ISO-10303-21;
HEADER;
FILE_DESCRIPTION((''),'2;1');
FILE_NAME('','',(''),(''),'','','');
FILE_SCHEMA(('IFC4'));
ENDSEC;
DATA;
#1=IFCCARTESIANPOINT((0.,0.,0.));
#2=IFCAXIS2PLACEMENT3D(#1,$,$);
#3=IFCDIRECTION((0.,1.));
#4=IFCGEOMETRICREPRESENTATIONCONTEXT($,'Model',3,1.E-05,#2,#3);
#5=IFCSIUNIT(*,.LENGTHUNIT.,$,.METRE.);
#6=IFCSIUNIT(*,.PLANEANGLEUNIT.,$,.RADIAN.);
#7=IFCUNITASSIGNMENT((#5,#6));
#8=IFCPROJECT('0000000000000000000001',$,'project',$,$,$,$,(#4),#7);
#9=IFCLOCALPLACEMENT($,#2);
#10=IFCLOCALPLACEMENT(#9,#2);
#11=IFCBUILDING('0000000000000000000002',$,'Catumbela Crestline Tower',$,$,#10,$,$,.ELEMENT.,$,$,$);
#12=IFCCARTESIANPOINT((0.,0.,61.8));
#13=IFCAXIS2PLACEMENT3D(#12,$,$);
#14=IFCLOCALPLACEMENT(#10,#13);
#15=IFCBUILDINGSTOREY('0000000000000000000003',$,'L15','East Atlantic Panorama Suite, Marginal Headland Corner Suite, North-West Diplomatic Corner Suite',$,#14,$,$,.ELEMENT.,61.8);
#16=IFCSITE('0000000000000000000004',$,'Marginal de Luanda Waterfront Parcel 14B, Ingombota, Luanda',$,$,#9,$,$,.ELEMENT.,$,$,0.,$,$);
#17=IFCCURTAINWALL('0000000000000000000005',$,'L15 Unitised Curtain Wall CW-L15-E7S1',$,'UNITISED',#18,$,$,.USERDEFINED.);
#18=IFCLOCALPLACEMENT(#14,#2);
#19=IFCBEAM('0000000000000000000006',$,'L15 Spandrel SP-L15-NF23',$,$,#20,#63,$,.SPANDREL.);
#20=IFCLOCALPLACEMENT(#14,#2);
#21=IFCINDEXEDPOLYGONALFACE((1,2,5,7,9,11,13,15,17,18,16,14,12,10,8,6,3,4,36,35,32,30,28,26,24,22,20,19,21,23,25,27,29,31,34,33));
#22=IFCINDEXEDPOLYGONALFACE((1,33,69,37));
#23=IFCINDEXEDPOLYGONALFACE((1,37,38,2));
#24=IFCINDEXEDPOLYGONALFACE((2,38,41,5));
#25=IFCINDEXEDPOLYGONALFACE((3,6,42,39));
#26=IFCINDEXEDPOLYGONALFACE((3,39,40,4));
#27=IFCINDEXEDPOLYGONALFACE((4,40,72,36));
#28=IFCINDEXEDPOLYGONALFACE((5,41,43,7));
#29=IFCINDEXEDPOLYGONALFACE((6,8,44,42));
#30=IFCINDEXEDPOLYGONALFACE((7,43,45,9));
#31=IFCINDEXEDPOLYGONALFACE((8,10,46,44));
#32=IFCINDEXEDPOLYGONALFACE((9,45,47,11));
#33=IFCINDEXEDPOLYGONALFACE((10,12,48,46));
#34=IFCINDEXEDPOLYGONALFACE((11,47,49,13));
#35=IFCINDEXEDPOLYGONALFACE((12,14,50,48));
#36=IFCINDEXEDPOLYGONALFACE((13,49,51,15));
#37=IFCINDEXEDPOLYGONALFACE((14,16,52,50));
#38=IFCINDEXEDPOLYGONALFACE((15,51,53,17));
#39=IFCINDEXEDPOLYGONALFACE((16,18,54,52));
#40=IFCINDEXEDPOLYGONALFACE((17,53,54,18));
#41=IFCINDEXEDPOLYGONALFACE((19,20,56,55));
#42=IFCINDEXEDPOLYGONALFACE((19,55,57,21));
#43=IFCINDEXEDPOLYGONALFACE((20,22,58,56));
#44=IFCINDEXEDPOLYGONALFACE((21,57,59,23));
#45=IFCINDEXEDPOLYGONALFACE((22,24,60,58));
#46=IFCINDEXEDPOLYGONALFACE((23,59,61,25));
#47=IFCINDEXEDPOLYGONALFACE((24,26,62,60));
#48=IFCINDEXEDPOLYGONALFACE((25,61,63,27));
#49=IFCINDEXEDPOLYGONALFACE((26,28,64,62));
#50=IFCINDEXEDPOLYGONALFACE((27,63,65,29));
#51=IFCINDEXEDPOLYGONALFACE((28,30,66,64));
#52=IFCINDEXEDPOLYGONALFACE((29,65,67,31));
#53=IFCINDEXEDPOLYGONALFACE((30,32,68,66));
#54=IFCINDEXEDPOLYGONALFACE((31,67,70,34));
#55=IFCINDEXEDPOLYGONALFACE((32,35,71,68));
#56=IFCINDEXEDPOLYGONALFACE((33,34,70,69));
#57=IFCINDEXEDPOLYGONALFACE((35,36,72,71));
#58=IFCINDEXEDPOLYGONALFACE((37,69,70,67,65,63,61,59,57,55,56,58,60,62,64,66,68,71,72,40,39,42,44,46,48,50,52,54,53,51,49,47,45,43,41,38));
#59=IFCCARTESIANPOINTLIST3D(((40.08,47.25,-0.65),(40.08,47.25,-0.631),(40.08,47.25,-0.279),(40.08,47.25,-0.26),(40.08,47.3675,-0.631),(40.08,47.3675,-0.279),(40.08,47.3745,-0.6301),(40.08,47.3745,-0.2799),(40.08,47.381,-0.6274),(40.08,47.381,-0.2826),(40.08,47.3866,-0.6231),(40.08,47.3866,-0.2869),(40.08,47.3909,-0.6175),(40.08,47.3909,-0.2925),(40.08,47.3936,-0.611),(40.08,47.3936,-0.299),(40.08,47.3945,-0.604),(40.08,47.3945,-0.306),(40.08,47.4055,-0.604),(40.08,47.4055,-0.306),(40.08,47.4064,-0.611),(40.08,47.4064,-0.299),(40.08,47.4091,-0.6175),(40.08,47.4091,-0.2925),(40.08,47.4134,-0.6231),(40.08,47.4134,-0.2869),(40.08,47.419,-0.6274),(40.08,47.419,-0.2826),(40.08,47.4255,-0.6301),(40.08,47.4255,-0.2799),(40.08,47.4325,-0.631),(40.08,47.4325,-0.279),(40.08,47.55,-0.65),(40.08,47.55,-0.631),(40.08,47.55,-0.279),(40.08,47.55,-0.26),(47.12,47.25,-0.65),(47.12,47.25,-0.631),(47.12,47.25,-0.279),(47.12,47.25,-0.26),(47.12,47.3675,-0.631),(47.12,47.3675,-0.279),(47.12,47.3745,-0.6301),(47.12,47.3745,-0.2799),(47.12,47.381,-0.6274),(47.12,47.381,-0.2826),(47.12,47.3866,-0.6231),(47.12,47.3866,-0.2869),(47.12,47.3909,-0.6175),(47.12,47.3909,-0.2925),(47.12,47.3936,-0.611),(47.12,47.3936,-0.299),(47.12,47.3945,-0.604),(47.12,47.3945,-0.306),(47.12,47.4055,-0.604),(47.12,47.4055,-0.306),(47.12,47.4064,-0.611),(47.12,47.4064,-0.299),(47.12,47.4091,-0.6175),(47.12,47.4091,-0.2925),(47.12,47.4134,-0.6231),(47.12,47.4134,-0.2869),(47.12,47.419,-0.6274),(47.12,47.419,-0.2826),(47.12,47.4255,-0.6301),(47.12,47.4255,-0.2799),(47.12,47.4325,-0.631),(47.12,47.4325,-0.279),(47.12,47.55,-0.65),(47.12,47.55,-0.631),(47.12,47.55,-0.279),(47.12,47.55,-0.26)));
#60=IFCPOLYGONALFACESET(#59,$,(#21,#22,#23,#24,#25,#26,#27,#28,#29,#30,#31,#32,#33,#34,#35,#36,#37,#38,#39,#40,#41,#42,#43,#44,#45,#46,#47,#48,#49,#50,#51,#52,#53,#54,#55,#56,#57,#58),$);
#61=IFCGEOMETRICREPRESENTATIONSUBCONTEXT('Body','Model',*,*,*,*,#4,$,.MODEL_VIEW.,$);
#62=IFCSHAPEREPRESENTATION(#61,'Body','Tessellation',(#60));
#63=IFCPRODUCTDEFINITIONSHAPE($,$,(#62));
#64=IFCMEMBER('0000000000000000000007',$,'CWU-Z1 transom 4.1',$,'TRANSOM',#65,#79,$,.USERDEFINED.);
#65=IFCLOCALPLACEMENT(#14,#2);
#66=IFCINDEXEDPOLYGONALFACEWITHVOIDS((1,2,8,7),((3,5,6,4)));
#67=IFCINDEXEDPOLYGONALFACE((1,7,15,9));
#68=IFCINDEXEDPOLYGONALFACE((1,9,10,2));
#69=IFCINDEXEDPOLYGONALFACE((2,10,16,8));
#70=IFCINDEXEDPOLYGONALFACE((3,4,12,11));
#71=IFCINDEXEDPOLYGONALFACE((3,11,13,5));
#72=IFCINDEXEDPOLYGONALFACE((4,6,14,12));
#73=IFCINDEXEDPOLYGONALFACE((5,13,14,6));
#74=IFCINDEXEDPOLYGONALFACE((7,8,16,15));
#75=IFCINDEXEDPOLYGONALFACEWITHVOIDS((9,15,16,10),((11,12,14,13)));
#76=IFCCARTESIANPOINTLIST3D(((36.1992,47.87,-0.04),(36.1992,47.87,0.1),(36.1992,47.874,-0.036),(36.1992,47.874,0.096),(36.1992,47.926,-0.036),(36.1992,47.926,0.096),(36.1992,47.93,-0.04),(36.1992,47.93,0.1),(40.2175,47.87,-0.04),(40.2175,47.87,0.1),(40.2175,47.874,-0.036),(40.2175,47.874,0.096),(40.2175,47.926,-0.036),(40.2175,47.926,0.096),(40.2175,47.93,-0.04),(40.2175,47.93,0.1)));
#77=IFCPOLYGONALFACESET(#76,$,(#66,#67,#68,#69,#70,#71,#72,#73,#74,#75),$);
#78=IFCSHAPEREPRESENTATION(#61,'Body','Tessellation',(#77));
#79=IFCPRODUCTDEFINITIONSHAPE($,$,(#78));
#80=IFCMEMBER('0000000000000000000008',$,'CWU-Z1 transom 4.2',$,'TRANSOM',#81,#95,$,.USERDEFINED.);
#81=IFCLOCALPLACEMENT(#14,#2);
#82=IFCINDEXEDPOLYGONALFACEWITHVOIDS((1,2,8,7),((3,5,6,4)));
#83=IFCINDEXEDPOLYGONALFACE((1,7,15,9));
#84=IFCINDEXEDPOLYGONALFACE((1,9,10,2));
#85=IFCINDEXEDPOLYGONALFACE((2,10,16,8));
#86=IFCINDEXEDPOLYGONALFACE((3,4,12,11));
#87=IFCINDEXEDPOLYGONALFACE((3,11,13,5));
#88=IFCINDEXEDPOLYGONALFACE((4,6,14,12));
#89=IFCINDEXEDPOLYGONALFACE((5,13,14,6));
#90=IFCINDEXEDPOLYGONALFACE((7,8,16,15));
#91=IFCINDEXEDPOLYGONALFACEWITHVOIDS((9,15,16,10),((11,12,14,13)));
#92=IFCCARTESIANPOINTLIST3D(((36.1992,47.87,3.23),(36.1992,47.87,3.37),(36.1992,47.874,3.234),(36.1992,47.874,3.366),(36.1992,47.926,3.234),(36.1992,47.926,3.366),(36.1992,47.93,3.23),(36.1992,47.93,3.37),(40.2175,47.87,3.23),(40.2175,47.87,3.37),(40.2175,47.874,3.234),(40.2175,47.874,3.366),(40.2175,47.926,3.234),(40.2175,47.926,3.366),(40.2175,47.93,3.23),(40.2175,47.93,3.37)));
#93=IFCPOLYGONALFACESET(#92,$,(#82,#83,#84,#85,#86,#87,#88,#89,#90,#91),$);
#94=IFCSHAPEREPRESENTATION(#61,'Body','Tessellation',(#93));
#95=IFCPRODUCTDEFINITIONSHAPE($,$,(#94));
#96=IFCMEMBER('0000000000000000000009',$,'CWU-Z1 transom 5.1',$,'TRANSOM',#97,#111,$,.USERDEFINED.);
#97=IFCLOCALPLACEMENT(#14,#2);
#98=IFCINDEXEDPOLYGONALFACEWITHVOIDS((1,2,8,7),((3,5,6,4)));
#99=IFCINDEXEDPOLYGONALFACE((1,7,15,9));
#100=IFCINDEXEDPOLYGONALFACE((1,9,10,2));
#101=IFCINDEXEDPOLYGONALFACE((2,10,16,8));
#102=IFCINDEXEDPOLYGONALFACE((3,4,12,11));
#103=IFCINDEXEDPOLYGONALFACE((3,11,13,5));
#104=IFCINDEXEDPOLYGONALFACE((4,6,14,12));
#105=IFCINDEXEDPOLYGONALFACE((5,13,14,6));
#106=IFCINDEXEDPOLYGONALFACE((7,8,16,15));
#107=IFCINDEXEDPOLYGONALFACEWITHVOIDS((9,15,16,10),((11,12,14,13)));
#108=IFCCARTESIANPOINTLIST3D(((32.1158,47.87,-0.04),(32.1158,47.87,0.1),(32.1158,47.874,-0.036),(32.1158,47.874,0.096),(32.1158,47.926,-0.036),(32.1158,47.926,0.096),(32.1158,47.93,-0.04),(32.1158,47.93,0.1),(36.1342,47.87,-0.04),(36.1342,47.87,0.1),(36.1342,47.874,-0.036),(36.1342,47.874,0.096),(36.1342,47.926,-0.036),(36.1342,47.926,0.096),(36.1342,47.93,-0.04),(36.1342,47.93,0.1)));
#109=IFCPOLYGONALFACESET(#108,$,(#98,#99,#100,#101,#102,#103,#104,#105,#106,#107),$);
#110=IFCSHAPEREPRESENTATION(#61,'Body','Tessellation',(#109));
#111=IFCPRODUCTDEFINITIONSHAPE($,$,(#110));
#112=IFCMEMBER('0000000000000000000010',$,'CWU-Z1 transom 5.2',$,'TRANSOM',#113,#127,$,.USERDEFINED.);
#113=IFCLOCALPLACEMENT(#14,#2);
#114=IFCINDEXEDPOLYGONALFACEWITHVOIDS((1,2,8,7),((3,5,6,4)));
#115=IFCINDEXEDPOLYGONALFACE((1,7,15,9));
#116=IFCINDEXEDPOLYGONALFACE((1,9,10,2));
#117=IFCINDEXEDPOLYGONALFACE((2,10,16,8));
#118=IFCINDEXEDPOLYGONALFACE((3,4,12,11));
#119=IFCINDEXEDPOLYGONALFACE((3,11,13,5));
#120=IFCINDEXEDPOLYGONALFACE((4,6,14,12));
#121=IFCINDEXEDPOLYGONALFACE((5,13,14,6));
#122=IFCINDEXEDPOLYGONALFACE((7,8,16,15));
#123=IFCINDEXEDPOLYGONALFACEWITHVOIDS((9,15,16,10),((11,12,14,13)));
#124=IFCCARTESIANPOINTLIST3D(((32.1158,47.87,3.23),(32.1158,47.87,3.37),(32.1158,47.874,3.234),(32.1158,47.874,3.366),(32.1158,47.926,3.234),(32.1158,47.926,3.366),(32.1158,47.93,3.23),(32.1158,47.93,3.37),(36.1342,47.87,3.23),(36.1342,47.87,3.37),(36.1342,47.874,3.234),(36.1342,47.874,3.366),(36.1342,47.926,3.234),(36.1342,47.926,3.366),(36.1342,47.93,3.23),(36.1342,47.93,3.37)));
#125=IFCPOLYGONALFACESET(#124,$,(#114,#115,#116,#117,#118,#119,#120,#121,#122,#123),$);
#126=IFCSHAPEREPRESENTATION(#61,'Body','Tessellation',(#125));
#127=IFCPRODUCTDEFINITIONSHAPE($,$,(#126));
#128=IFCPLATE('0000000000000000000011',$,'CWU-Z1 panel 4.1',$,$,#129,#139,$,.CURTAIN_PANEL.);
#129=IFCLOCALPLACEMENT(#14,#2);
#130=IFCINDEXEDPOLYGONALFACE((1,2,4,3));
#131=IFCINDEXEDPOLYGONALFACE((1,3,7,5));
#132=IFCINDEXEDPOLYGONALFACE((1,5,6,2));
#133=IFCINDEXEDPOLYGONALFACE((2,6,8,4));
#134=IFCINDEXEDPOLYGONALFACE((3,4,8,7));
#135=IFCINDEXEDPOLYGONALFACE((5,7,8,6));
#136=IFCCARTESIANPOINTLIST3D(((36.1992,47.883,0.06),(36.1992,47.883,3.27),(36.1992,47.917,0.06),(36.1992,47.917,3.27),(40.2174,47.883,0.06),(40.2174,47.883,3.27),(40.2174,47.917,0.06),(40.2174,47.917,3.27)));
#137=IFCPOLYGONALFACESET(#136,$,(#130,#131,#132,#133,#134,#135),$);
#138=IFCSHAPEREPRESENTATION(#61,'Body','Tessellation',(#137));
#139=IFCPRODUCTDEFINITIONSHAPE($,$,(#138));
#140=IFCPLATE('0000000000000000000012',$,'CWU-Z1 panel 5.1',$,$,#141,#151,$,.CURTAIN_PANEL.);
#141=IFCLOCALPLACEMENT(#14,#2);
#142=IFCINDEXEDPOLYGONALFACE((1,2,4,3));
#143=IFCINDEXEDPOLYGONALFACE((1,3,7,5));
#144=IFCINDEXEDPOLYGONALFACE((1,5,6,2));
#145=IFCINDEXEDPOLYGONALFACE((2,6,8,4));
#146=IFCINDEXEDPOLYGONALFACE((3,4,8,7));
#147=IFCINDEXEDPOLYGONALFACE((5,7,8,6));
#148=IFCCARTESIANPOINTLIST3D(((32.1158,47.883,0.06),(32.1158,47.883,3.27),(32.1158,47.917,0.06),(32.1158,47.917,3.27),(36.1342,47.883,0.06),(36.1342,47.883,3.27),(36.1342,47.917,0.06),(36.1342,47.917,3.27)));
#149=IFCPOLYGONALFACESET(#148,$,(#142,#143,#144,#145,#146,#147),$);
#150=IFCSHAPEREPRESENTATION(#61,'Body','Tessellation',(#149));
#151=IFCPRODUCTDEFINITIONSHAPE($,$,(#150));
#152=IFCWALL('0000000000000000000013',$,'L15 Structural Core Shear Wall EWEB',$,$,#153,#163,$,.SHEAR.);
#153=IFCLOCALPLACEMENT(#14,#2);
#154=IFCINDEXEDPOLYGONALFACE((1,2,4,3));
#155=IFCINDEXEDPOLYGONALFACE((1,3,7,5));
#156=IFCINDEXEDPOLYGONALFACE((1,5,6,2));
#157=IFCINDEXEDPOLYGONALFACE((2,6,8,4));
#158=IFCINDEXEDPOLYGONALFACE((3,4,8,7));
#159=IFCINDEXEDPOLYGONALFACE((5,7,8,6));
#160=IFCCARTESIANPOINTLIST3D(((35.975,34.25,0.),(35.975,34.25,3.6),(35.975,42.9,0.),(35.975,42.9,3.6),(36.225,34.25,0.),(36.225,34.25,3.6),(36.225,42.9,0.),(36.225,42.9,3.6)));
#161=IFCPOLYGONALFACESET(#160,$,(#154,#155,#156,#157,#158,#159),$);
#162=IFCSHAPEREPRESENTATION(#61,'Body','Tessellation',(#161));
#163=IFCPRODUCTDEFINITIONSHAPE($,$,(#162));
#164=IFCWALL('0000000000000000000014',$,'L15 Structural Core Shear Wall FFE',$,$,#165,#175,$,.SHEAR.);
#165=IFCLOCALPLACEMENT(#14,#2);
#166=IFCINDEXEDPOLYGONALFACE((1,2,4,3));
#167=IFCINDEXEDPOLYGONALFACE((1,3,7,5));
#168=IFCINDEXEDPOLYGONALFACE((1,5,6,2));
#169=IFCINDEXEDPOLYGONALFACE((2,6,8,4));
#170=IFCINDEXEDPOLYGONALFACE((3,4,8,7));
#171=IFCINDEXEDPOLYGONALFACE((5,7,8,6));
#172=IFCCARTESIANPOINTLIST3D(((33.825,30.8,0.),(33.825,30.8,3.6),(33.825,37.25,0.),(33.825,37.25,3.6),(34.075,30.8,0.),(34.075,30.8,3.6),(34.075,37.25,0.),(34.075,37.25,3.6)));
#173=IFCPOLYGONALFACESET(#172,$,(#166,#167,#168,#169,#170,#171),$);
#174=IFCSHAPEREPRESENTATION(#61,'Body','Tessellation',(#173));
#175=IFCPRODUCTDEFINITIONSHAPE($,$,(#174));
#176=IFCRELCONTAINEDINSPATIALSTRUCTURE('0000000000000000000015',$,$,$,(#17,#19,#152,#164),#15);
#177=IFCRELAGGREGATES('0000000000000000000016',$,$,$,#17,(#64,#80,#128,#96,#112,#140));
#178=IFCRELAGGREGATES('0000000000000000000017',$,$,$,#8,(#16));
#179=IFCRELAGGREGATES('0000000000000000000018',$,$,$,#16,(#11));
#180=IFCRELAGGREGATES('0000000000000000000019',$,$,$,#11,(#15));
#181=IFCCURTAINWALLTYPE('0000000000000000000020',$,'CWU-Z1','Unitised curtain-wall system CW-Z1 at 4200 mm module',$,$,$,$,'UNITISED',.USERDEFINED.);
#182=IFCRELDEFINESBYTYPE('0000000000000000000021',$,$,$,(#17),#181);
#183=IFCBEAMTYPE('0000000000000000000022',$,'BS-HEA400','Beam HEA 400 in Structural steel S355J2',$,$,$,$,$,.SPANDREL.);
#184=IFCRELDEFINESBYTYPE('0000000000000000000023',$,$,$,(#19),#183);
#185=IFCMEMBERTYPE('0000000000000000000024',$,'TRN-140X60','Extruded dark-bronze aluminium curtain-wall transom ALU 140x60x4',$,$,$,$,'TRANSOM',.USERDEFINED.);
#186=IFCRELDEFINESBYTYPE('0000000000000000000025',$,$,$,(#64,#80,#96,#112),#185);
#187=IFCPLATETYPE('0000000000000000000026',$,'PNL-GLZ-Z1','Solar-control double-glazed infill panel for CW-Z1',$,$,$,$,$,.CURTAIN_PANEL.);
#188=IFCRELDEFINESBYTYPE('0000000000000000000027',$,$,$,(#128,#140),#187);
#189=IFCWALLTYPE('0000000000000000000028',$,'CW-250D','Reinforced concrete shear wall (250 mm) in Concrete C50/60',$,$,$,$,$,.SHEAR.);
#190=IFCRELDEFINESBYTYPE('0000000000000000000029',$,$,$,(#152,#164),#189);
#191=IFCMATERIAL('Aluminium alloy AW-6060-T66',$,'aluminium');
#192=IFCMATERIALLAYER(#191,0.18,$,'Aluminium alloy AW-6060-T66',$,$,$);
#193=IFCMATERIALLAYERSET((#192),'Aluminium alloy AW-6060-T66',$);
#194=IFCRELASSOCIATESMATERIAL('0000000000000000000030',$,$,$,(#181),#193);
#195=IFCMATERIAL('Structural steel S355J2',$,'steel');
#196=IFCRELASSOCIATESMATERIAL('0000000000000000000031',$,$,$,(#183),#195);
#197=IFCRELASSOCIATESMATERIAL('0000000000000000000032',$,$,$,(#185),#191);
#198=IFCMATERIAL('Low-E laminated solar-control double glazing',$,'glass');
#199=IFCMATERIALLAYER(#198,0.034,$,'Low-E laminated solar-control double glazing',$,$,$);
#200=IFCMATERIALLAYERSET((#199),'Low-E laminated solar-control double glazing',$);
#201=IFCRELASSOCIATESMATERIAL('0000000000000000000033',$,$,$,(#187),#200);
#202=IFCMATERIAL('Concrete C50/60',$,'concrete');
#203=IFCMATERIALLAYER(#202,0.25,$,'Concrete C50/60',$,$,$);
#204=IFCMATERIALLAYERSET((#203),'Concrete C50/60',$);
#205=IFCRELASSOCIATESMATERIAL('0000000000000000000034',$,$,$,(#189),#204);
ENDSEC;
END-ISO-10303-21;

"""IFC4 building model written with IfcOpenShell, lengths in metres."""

from ifc_helpers import new_model, si_unit, direction, frame, frame_2d, origin, origin_2d, place, context, subcontext, project, spatial, rectangle, hollow_rectangle, i_section, extrude, material, layer, layer_set, material_profile, profile_set, type_object, element, aggregate, save


model = new_model("IFC4")

# Units and contexts
model_context = context("Model", 3, precision=1e-05, world=origin(), true_north=direction((0.0, 1.0)))
body_context = subcontext(model_context, "Body", "Model", "MODEL_VIEW")
ifc_project = project(units=[si_unit("LENGTHUNIT", "METRE"), si_unit("PLANEANGLEUNIT", "RADIAN")], contexts=[model_context])

# Site, building, storey
site_placement = place(None, origin())
site = spatial("IfcSite", under=ifc_project, at=site_placement, Name="Marginal de Luanda Waterfront Parcel 14B, Ingombota, Luanda", CompositionType="ELEMENT", RefElevation=0.0)
building_placement = place(site_placement, origin())
building = spatial("IfcBuilding", under=site, at=building_placement, Name="Catumbela Crestline Tower", CompositionType="ELEMENT")
storey_placement = place(building_placement, frame((0.0, 0.0, 61.8)))
storey = spatial("IfcBuildingStorey", under=building, at=storey_placement, Name="L15", Description="East Atlantic Panorama Suite, Marginal Headland Corner Suite, North-West Diplomatic Corner Suite", CompositionType="ELEMENT", Elevation=61.8)

# Shared definitions
ifc_material_1 = material(Name="Structural steel S355J2", Category="steel")

# Curtain wall
ifc_material_2 = material(Name="Aluminium alloy AW-6060-T66", Category="aluminium")
ifc_layer_1 = layer(ifc_material_2, 0.18, Name="Aluminium alloy AW-6060-T66")
ifc_layer_set_1 = layer_set([ifc_layer_1], Name="Aluminium alloy AW-6060-T66")
curtain_wall_type = type_object("IfcCurtainWallType", Name="CWU-Z1", Description="Unitised curtain-wall system CW-Z1 at 4200 mm module", ElementType="UNITISED", PredefinedType="USERDEFINED", material=ifc_layer_set_1)
curtain_wall_placement = place(storey_placement, origin())
curtain_wall = element("IfcCurtainWall", 1, at=curtain_wall_placement, inside=storey, type_object=curtain_wall_type, Name="L15 Unitised Curtain Wall CW-L15-E7S1", ObjectType="UNITISED", PredefinedType="USERDEFINED")

# Beam
ifc_material_profile_1 = material_profile(ifc_material_1, i_section(OverallWidth=0.3, OverallDepth=0.39, WebThickness=0.011, FlangeThickness=0.019, FilletRadius=0.027, at=origin_2d()), Name="HEA 400")
ifc_profile_set_1 = profile_set([ifc_material_profile_1], Name="Structural steel S355J2")
beam_type_1 = type_object("IfcBeamType", Name="BS-HEA400", Description="Beam HEA 400 in Structural steel S355J2", PredefinedType="SPANDREL", material=ifc_profile_set_1)
beam_1_placement = place(storey_placement, frame((40.08, 47.4, -0.455), z_axis=(1.0, 0.0, 0.0), x_axis=(0.0, 1.0, 0.0)))
element("IfcBeam", 2, at=beam_1_placement, inside=storey, type_object=beam_type_1, Name="L15 Spandrel SP-L15-NF23", PredefinedType="SPANDREL", context=body_context, shape_type="SweptSolid", body=[
    extrude(i_section(OverallWidth=0.3, OverallDepth=0.39, WebThickness=0.011, FlangeThickness=0.019, FilletRadius=0.027, at=origin_2d()), origin(), (0.0, 0.0, 1.0), 7.04),
])

# Members
ifc_material_profile_2 = material_profile(ifc_material_2, hollow_rectangle(XDim=0.06, YDim=0.14, WallThickness=0.004, at=origin_2d()), Name="ALU 140x60x4")
ifc_profile_set_2 = profile_set([ifc_material_profile_2], Name="Aluminium alloy AW-6060-T66")
member_type_1 = type_object("IfcMemberType", Name="TRN-140X60", Description="Extruded dark-bronze aluminium curtain-wall transom ALU 140x60x4", ElementType="TRANSOM", PredefinedType="USERDEFINED", material=ifc_profile_set_2)
member_1_placement = place(storey_placement, frame((40.2175, 47.9, 0.03), z_axis=(-1.0, 0.0, 0.0), x_axis=(0.0, -1.0, 0.0)))
member_1 = element("IfcMember", 3, at=member_1_placement, type_object=member_type_1, Name="CWU-Z1 transom 4.1", ObjectType="TRANSOM", PredefinedType="USERDEFINED", context=body_context, shape_type="SweptSolid", body=[
    extrude(hollow_rectangle(XDim=0.06, YDim=0.14, WallThickness=0.004, at=origin_2d()), origin(), (0.0, 0.0, 1.0), 4.0183),
])
member_2_placement = place(storey_placement, frame((40.2175, 47.9, 3.3), z_axis=(-1.0, 0.0, 0.0), x_axis=(0.0, -1.0, 0.0)))
member_2 = element("IfcMember", 4, at=member_2_placement, type_object=member_type_1, Name="CWU-Z1 transom 4.2", ObjectType="TRANSOM", PredefinedType="USERDEFINED", context=body_context, shape_type="SweptSolid", body=[
    extrude(hollow_rectangle(XDim=0.06, YDim=0.14, WallThickness=0.004, at=origin_2d()), origin(), (0.0, 0.0, 1.0), 4.0183),
])
member_3_placement = place(storey_placement, frame((36.1342, 47.9, 0.03), z_axis=(-1.0, 0.0, 0.0), x_axis=(0.0, -1.0, 0.0)))
member_3 = element("IfcMember", 5, at=member_3_placement, type_object=member_type_1, Name="CWU-Z1 transom 5.1", ObjectType="TRANSOM", PredefinedType="USERDEFINED", context=body_context, shape_type="SweptSolid", body=[
    extrude(hollow_rectangle(XDim=0.06, YDim=0.14, WallThickness=0.004, at=origin_2d()), origin(), (0.0, 0.0, 1.0), 4.0184),
])
member_4_placement = place(storey_placement, frame((36.1342, 47.9, 3.3), z_axis=(-1.0, 0.0, 0.0), x_axis=(0.0, -1.0, 0.0)))
member_4 = element("IfcMember", 6, at=member_4_placement, type_object=member_type_1, Name="CWU-Z1 transom 5.2", ObjectType="TRANSOM", PredefinedType="USERDEFINED", context=body_context, shape_type="SweptSolid", body=[
    extrude(hollow_rectangle(XDim=0.06, YDim=0.14, WallThickness=0.004, at=origin_2d()), origin(), (0.0, 0.0, 1.0), 4.0184),
])

# Plates
ifc_material_3 = material(Name="Low-E laminated solar-control double glazing", Category="glass")
ifc_layer_2 = layer(ifc_material_3, 0.034, Name="Low-E laminated solar-control double glazing")
ifc_layer_set_2 = layer_set([ifc_layer_2], Name="Low-E laminated solar-control double glazing")
plate_type = type_object("IfcPlateType", Name="PNL-GLZ-Z1", Description="Solar-control double-glazed infill panel for CW-Z1", PredefinedType="CURTAIN_PANEL", material=ifc_layer_set_2)
plate_1_placement = place(storey_placement, frame((38.2083, 47.9, 0.06), z_axis=(0.0, 0.0, 1.0), x_axis=(-1.0, 0.0, 0.0)))
plate_1 = element("IfcPlate", 7, at=plate_1_placement, type_object=plate_type, Name="CWU-Z1 panel 4.1", PredefinedType="CURTAIN_PANEL", context=body_context, shape_type="SweptSolid", body=[
    extrude(rectangle(XDim=4.0183, YDim=0.034, at=origin_2d()), origin(), (0.0, 0.0, 1.0), 3.21),
])
plate_2_placement = place(storey_placement, frame((34.125, 47.9, 0.06), z_axis=(0.0, 0.0, 1.0), x_axis=(-1.0, 0.0, 0.0)))
plate_2 = element("IfcPlate", 8, at=plate_2_placement, type_object=plate_type, Name="CWU-Z1 panel 5.1", PredefinedType="CURTAIN_PANEL", context=body_context, shape_type="SweptSolid", body=[
    extrude(rectangle(XDim=4.0183, YDim=0.034, at=origin_2d()), origin(), (0.0, 0.0, 1.0), 3.21),
])
aggregate(curtain_wall, [member_1, member_2, plate_1, member_3, member_4, plate_2])

# Walls
ifc_material_4 = material(Name="Concrete C50/60", Category="concrete")
ifc_layer_3 = layer(ifc_material_4, 0.25, Name="Concrete C50/60")
ifc_layer_set_3 = layer_set([ifc_layer_3], Name="Concrete C50/60")
wall_type_1 = type_object("IfcWallType", Name="CW-250D", Description="Reinforced concrete shear wall (250 mm) in Concrete C50/60", PredefinedType="SHEAR", material=ifc_layer_set_3)
wall_1_placement = place(storey_placement, frame((36.1, 34.25, 0.0), z_axis=(0.0, 0.0, 1.0), x_axis=(0.0, 1.0, 0.0)))
element("IfcWall", 9, at=wall_1_placement, inside=storey, type_object=wall_type_1, Name="L15 Structural Core Shear Wall EWEB", PredefinedType="SHEAR", context=body_context, shape_type="SweptSolid", body=[
    extrude(rectangle(XDim=8.65, YDim=0.25, at=frame_2d((4.325, 0.0))), origin(), (0.0, 0.0, 1.0), 3.6),
])
wall_2_placement = place(storey_placement, frame((33.95, 30.8, 0.0), z_axis=(0.0, 0.0, 1.0), x_axis=(0.0, 1.0, 0.0)))
element("IfcWall", 10, at=wall_2_placement, inside=storey, type_object=wall_type_1, Name="L15 Structural Core Shear Wall FFE", PredefinedType="SHEAR", context=body_context, shape_type="SweptSolid", body=[
    extrude(rectangle(XDim=6.45, YDim=0.25, at=frame_2d((3.225, 0.0))), origin(), (0.0, 0.0, 1.0), 3.6),
])

save(model, "model.ifc")
